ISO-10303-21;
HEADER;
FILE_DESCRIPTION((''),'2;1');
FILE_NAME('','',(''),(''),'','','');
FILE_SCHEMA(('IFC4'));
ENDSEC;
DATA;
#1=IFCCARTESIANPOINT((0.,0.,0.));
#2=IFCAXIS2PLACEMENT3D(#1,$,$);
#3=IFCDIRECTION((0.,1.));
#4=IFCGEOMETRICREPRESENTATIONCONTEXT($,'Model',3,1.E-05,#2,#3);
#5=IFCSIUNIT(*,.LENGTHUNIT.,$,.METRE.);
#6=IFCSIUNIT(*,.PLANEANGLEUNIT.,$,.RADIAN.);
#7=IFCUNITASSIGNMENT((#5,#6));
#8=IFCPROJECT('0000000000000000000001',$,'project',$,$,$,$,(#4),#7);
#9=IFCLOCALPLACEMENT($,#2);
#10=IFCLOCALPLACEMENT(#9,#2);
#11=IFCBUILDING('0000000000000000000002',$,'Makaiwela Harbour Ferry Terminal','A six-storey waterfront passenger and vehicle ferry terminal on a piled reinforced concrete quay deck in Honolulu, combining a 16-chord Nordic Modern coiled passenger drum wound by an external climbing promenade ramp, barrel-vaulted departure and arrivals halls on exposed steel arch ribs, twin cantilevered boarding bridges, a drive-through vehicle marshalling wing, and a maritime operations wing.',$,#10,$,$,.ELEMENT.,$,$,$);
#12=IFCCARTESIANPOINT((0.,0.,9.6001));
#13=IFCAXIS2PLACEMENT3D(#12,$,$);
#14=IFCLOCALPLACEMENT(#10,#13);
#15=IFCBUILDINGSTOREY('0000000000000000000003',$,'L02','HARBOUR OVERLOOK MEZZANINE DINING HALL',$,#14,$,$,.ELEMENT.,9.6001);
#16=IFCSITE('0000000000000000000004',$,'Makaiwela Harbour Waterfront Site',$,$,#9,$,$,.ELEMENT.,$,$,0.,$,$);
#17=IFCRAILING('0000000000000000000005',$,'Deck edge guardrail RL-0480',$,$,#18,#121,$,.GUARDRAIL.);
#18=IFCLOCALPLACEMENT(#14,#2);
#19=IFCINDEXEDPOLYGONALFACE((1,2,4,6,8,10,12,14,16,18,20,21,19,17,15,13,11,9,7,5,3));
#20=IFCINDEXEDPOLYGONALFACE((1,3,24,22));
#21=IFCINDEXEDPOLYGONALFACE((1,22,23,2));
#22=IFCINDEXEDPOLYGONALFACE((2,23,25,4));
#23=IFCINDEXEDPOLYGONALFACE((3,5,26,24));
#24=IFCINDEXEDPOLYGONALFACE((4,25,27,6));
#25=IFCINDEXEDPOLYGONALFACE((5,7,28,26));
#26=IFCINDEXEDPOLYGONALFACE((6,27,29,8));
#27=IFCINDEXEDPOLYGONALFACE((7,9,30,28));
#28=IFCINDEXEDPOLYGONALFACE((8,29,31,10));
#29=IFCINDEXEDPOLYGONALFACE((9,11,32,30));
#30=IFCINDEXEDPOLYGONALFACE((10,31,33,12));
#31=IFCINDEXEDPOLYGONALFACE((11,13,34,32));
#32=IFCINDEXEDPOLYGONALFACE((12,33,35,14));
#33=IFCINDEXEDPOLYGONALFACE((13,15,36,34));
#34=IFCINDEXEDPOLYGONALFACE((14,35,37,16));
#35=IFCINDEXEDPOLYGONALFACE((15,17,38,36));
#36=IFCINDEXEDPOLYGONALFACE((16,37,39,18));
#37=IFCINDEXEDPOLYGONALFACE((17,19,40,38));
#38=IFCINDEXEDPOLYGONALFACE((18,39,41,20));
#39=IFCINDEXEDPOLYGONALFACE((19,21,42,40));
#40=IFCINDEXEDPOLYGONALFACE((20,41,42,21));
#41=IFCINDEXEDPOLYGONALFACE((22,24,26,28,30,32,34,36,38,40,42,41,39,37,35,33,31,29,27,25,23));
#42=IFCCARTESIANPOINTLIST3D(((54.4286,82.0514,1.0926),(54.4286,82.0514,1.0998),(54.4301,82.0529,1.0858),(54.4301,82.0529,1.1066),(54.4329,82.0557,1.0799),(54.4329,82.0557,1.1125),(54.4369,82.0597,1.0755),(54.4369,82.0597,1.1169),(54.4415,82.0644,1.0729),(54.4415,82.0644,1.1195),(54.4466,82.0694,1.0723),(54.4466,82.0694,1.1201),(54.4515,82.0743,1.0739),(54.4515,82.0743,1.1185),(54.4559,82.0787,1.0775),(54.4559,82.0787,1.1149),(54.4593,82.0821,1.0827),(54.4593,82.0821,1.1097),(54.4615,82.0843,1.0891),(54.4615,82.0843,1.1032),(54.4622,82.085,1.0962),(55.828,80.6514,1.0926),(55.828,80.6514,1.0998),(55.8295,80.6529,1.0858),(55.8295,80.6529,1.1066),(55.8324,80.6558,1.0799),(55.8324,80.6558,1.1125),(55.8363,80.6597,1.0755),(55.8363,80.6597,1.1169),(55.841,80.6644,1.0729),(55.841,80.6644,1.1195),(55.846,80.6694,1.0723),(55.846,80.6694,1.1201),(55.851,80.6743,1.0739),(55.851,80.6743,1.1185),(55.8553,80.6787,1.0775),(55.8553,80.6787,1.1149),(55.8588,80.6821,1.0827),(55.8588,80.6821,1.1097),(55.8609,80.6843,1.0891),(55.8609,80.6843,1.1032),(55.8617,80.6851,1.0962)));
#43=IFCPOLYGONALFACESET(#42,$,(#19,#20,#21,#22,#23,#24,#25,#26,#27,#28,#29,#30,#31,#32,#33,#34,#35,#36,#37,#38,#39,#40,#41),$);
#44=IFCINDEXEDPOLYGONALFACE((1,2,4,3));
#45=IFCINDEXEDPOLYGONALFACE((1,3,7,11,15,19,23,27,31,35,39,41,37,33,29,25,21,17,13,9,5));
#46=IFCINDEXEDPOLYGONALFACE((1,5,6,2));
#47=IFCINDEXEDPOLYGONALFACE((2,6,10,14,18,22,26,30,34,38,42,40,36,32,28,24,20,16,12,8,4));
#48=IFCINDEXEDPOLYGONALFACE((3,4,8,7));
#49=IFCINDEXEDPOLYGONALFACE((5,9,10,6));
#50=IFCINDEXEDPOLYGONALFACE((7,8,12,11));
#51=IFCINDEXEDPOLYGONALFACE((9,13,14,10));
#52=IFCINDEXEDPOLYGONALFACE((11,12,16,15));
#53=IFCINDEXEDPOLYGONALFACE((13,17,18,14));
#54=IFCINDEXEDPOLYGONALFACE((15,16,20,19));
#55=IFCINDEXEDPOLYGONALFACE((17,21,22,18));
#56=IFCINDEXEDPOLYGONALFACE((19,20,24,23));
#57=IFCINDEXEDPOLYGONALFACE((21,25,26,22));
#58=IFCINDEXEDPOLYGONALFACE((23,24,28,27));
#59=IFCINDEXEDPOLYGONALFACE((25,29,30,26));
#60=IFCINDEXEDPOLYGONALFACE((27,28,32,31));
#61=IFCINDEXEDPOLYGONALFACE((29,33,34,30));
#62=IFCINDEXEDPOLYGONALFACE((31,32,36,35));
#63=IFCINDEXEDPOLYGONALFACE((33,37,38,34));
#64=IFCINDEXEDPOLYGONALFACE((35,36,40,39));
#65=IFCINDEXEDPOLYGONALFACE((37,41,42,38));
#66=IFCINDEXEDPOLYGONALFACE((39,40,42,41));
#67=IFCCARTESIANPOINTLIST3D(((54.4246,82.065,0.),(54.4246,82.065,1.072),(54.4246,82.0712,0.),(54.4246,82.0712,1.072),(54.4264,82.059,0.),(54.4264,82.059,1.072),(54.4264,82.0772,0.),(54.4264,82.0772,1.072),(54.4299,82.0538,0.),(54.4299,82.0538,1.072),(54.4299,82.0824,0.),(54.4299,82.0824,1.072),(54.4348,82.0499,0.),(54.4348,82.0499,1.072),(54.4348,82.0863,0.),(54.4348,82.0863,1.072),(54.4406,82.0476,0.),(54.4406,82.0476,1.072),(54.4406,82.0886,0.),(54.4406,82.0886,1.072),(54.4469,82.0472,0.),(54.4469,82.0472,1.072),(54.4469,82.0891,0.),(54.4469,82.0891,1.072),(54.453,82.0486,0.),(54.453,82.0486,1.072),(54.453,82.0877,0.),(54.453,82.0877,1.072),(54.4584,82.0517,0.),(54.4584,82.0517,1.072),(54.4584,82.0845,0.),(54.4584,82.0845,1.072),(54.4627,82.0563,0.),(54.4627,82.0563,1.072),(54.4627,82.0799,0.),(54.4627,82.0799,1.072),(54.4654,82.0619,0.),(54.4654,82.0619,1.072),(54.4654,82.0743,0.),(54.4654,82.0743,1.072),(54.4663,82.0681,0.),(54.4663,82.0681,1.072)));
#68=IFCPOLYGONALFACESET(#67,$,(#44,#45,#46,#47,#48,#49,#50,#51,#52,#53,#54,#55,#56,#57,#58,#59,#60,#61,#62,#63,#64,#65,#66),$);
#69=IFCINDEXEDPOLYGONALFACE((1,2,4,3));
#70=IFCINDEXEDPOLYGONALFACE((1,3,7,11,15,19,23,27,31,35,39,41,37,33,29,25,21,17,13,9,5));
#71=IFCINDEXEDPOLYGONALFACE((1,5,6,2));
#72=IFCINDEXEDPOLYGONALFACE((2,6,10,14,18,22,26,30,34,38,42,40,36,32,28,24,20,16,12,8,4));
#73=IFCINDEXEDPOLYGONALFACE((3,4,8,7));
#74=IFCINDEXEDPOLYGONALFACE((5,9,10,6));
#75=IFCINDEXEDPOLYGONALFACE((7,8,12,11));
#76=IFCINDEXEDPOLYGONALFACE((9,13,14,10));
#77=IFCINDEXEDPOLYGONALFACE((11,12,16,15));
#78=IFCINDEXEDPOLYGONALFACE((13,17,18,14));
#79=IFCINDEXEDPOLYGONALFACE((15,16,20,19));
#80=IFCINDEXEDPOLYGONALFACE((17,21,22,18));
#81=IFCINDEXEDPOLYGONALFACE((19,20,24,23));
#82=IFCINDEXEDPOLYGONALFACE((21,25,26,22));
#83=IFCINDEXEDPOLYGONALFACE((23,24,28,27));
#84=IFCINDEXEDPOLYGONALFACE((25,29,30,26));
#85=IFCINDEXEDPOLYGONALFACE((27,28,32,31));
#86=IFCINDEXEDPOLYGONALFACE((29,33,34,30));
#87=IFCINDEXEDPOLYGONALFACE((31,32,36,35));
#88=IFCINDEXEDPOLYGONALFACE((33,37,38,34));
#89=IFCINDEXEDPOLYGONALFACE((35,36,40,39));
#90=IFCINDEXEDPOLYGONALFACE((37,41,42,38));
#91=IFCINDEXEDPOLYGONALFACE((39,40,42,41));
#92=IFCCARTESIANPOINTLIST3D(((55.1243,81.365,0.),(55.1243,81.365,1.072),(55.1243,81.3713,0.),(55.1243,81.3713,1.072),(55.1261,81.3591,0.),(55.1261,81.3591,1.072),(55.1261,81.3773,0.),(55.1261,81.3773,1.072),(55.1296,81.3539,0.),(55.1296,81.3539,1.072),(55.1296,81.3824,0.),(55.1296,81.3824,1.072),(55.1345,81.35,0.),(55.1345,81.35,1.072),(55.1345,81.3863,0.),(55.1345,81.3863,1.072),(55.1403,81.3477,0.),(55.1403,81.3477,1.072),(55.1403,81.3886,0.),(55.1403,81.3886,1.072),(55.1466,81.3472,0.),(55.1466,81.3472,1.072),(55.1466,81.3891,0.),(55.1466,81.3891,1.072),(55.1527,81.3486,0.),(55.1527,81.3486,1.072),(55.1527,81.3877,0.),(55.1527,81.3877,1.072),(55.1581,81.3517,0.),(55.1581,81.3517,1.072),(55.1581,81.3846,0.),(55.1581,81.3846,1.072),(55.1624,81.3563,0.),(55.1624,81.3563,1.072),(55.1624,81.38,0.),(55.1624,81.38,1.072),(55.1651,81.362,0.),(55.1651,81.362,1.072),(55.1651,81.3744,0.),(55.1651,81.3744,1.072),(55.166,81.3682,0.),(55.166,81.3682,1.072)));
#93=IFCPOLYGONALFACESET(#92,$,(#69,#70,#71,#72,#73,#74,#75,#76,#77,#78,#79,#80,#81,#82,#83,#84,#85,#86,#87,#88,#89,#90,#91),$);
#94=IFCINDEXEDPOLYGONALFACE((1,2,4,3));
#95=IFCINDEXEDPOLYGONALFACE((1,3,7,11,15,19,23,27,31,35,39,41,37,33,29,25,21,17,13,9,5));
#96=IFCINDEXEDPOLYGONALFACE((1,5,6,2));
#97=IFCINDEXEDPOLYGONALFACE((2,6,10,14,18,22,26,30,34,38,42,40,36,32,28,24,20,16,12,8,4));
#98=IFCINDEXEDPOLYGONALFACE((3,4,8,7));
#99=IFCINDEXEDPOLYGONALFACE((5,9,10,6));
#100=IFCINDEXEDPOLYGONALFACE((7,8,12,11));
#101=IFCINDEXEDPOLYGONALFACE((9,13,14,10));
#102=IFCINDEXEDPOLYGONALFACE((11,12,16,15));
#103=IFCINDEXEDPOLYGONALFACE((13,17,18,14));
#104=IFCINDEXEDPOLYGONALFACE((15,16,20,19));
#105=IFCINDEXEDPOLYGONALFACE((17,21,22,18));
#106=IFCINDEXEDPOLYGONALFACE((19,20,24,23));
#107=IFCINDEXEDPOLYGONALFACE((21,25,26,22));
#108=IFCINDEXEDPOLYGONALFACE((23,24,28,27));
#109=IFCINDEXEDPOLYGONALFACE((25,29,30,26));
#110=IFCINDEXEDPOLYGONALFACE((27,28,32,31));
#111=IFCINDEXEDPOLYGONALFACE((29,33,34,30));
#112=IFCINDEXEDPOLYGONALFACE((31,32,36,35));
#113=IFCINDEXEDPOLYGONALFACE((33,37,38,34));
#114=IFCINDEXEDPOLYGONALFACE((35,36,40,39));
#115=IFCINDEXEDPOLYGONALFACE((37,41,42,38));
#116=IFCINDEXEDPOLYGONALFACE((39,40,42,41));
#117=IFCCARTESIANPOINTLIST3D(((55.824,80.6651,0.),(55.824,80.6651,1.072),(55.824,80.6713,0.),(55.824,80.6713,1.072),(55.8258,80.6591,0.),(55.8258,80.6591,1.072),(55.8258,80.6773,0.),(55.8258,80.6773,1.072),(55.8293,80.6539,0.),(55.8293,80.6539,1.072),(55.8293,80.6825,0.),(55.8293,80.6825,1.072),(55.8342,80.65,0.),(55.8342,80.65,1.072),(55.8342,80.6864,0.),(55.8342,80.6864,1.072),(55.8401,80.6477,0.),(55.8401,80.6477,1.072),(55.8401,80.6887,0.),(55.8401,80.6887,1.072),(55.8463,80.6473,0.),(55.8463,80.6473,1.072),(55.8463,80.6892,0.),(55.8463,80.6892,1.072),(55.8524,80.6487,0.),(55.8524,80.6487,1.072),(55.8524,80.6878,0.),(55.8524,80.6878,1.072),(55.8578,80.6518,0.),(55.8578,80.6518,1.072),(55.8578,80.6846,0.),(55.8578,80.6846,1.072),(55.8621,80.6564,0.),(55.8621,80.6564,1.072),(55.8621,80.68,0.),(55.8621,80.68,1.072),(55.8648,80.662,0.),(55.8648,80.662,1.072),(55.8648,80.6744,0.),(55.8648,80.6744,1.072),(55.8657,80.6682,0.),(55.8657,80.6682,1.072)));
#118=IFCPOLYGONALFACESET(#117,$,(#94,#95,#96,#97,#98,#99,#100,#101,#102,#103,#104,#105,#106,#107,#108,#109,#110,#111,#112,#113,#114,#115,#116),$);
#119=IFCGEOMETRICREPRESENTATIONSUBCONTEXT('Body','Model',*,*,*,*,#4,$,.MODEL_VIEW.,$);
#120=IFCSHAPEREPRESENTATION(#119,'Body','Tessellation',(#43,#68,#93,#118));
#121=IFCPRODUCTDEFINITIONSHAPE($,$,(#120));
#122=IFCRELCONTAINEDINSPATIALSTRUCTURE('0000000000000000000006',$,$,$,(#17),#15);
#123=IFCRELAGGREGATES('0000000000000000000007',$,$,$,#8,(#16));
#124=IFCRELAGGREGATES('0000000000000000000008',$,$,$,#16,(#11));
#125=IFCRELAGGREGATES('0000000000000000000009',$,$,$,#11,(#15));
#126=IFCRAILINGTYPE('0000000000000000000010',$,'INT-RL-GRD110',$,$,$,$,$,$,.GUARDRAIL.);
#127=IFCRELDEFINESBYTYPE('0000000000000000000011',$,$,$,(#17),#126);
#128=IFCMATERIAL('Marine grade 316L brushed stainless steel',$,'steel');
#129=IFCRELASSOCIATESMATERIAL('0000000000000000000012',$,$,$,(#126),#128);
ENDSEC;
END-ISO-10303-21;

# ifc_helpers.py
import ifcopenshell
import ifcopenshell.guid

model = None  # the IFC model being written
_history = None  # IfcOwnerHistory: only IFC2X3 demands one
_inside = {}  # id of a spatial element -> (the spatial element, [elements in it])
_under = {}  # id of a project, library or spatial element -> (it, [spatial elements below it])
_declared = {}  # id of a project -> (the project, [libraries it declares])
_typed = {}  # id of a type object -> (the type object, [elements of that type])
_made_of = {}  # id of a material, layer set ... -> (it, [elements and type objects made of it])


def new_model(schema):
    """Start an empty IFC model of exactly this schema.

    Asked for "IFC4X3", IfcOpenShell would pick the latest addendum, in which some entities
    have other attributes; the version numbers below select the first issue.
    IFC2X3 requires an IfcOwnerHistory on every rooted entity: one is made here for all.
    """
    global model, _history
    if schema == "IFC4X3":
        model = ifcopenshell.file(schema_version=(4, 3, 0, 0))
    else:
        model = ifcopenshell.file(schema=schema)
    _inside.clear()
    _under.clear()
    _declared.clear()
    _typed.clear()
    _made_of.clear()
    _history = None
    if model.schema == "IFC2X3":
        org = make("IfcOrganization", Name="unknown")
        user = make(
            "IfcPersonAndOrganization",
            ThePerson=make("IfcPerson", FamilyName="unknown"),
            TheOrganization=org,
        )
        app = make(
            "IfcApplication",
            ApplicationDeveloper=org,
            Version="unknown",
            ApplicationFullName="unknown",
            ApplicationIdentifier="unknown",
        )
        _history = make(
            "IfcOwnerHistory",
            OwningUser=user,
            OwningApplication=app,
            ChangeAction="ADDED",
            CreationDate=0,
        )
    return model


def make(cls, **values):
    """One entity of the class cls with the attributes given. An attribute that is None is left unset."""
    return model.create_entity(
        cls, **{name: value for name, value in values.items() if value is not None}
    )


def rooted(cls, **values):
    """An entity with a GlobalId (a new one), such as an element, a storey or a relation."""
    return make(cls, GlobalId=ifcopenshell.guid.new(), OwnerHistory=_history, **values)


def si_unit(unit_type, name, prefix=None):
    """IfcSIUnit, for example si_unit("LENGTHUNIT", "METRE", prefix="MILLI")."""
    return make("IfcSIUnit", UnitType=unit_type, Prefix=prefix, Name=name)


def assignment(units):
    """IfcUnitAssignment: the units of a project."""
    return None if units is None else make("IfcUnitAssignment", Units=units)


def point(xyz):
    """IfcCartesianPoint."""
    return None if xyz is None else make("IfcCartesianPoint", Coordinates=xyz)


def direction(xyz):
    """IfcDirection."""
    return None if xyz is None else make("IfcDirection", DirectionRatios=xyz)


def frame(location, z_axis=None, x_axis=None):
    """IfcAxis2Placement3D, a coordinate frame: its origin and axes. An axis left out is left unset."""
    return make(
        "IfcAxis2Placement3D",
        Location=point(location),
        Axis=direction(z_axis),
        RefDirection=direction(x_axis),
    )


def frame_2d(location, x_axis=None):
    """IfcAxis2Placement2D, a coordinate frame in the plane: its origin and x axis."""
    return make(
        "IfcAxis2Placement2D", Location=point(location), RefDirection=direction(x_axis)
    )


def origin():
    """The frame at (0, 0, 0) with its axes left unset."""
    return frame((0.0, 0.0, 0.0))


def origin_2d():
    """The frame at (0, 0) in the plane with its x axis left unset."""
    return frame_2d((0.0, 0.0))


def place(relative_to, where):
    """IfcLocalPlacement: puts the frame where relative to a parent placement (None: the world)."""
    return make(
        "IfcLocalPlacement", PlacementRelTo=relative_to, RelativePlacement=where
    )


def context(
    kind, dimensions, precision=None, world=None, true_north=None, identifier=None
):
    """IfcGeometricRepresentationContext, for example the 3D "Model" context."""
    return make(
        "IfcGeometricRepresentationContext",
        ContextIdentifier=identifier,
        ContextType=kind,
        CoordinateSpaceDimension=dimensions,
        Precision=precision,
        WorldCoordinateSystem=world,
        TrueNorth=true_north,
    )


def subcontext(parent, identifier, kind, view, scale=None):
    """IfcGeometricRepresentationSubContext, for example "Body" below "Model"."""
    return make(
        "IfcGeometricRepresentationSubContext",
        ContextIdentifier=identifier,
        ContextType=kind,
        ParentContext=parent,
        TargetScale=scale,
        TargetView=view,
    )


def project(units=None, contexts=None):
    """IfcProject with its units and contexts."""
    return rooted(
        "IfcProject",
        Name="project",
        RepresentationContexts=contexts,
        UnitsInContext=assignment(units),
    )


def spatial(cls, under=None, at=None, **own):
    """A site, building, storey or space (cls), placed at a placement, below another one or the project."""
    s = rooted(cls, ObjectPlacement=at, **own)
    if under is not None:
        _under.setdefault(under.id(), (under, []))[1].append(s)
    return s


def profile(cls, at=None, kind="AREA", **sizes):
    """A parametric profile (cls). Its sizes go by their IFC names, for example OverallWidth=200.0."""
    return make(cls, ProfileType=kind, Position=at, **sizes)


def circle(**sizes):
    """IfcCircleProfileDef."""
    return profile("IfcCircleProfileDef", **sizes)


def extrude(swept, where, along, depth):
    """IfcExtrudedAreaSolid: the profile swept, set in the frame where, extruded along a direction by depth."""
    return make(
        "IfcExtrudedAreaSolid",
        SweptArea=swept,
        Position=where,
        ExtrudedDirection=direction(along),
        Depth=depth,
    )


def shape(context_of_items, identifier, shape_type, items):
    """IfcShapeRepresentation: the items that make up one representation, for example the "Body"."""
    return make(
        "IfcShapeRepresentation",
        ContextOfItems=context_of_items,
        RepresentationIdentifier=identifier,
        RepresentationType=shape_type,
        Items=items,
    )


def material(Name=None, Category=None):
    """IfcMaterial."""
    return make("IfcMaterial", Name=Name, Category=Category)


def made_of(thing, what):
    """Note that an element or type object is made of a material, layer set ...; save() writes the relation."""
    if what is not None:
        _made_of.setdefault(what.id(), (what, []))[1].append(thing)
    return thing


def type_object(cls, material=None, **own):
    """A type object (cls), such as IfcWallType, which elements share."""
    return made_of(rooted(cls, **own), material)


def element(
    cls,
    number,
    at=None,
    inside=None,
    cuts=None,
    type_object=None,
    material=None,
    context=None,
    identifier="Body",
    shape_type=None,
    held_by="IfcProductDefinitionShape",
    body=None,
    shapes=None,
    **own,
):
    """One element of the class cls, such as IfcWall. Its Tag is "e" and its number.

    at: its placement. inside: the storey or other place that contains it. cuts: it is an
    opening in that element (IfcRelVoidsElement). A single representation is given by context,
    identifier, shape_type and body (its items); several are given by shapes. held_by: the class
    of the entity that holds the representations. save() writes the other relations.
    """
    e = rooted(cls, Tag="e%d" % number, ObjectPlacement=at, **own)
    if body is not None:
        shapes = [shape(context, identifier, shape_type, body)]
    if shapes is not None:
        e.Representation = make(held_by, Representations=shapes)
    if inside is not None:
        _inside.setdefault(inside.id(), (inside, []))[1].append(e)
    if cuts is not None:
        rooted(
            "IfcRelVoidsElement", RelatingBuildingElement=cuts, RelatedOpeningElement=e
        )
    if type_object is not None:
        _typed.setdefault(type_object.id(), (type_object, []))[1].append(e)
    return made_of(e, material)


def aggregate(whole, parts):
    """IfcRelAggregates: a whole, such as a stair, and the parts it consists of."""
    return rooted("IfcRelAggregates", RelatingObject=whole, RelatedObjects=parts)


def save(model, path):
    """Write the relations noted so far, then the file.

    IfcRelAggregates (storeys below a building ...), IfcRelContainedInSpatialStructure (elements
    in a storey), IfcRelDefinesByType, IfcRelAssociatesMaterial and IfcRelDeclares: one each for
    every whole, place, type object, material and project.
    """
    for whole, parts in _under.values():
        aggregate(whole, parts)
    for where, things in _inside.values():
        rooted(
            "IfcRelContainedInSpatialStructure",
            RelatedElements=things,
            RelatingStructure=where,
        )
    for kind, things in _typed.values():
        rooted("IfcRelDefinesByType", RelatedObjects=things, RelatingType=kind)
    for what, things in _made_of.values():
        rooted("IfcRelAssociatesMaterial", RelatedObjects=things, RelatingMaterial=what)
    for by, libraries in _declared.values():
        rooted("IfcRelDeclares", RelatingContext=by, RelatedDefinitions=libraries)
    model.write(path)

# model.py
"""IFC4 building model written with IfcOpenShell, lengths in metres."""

from ifc_helpers import new_model, si_unit, direction, frame, origin, origin_2d, place, context, subcontext, project, spatial, circle, extrude, material, type_object, element, save


model = new_model("IFC4")

# Units and contexts
model_context = context("Model", 3, precision=1e-05, world=origin(), true_north=direction((0.0, 1.0)))
body_context = subcontext(model_context, "Body", "Model", "MODEL_VIEW")
ifc_project = project(units=[si_unit("LENGTHUNIT", "METRE"), si_unit("PLANEANGLEUNIT", "RADIAN")], contexts=[model_context])

# Site, building, storey
site_placement = place(None, origin())
site = spatial("IfcSite", under=ifc_project, at=site_placement, Name="Makaiwela Harbour Waterfront Site", CompositionType="ELEMENT", RefElevation=0.0)
building_placement = place(site_placement, origin())
building = spatial("IfcBuilding", under=site, at=building_placement, Name="Makaiwela Harbour Ferry Terminal", Description="A six-storey waterfront passenger and vehicle ferry terminal on a piled reinforced concrete quay deck in Honolulu, combining a 16-chord Nordic Modern coiled passenger drum wound by an external climbing promenade ramp, barrel-vaulted departure and arrivals halls on exposed steel arch ribs, twin cantilevered boarding bridges, a drive-through vehicle marshalling wing, and a maritime operations wing.", CompositionType="ELEMENT")
storey_placement = place(building_placement, frame((0.0, 0.0, 9.6001)))
storey = spatial("IfcBuildingStorey", under=building, at=storey_placement, Name="L02", Description="HARBOUR OVERLOOK MEZZANINE DINING HALL", CompositionType="ELEMENT", Elevation=9.6001)

# Railing
ifc_material_1 = material(Name="Marine grade 316L brushed stainless steel", Category="steel")
railing_type = type_object("IfcRailingType", Name="INT-RL-GRD110", PredefinedType="GUARDRAIL", material=ifc_material_1)
railing_1_placement = place(storey_placement, frame((54.4453, 82.0681, 0.0)))
element("IfcRailing", 1, at=railing_1_placement, inside=storey, type_object=railing_type, Name="Deck edge guardrail RL-0480", PredefinedType="GUARDRAIL", context=body_context, shape_type="SweptSolid", body=[
    extrude(circle(Radius=0.0239, at=origin_2d()), frame((0.0, 0.0, 1.0962), z_axis=(0.706983, -0.70723, 0.0), x_axis=(0.70723, 0.706983, 0.0)), (0.0, 0.0, 1.0), 1.9795),
    extrude(circle(Radius=0.021, at=origin_2d()), origin(), (0.0, 0.0, 1.0), 1.072),
    extrude(circle(Radius=0.021, at=origin_2d()), frame((0.6997, -0.7, 0.0)), (0.0, 0.0, 1.0), 1.072),
    extrude(circle(Radius=0.021, at=origin_2d()), frame((1.3994, -1.3999, 0.0)), (0.0, 0.0, 1.0), 1.072),
])

save(model, "model.ifc")
